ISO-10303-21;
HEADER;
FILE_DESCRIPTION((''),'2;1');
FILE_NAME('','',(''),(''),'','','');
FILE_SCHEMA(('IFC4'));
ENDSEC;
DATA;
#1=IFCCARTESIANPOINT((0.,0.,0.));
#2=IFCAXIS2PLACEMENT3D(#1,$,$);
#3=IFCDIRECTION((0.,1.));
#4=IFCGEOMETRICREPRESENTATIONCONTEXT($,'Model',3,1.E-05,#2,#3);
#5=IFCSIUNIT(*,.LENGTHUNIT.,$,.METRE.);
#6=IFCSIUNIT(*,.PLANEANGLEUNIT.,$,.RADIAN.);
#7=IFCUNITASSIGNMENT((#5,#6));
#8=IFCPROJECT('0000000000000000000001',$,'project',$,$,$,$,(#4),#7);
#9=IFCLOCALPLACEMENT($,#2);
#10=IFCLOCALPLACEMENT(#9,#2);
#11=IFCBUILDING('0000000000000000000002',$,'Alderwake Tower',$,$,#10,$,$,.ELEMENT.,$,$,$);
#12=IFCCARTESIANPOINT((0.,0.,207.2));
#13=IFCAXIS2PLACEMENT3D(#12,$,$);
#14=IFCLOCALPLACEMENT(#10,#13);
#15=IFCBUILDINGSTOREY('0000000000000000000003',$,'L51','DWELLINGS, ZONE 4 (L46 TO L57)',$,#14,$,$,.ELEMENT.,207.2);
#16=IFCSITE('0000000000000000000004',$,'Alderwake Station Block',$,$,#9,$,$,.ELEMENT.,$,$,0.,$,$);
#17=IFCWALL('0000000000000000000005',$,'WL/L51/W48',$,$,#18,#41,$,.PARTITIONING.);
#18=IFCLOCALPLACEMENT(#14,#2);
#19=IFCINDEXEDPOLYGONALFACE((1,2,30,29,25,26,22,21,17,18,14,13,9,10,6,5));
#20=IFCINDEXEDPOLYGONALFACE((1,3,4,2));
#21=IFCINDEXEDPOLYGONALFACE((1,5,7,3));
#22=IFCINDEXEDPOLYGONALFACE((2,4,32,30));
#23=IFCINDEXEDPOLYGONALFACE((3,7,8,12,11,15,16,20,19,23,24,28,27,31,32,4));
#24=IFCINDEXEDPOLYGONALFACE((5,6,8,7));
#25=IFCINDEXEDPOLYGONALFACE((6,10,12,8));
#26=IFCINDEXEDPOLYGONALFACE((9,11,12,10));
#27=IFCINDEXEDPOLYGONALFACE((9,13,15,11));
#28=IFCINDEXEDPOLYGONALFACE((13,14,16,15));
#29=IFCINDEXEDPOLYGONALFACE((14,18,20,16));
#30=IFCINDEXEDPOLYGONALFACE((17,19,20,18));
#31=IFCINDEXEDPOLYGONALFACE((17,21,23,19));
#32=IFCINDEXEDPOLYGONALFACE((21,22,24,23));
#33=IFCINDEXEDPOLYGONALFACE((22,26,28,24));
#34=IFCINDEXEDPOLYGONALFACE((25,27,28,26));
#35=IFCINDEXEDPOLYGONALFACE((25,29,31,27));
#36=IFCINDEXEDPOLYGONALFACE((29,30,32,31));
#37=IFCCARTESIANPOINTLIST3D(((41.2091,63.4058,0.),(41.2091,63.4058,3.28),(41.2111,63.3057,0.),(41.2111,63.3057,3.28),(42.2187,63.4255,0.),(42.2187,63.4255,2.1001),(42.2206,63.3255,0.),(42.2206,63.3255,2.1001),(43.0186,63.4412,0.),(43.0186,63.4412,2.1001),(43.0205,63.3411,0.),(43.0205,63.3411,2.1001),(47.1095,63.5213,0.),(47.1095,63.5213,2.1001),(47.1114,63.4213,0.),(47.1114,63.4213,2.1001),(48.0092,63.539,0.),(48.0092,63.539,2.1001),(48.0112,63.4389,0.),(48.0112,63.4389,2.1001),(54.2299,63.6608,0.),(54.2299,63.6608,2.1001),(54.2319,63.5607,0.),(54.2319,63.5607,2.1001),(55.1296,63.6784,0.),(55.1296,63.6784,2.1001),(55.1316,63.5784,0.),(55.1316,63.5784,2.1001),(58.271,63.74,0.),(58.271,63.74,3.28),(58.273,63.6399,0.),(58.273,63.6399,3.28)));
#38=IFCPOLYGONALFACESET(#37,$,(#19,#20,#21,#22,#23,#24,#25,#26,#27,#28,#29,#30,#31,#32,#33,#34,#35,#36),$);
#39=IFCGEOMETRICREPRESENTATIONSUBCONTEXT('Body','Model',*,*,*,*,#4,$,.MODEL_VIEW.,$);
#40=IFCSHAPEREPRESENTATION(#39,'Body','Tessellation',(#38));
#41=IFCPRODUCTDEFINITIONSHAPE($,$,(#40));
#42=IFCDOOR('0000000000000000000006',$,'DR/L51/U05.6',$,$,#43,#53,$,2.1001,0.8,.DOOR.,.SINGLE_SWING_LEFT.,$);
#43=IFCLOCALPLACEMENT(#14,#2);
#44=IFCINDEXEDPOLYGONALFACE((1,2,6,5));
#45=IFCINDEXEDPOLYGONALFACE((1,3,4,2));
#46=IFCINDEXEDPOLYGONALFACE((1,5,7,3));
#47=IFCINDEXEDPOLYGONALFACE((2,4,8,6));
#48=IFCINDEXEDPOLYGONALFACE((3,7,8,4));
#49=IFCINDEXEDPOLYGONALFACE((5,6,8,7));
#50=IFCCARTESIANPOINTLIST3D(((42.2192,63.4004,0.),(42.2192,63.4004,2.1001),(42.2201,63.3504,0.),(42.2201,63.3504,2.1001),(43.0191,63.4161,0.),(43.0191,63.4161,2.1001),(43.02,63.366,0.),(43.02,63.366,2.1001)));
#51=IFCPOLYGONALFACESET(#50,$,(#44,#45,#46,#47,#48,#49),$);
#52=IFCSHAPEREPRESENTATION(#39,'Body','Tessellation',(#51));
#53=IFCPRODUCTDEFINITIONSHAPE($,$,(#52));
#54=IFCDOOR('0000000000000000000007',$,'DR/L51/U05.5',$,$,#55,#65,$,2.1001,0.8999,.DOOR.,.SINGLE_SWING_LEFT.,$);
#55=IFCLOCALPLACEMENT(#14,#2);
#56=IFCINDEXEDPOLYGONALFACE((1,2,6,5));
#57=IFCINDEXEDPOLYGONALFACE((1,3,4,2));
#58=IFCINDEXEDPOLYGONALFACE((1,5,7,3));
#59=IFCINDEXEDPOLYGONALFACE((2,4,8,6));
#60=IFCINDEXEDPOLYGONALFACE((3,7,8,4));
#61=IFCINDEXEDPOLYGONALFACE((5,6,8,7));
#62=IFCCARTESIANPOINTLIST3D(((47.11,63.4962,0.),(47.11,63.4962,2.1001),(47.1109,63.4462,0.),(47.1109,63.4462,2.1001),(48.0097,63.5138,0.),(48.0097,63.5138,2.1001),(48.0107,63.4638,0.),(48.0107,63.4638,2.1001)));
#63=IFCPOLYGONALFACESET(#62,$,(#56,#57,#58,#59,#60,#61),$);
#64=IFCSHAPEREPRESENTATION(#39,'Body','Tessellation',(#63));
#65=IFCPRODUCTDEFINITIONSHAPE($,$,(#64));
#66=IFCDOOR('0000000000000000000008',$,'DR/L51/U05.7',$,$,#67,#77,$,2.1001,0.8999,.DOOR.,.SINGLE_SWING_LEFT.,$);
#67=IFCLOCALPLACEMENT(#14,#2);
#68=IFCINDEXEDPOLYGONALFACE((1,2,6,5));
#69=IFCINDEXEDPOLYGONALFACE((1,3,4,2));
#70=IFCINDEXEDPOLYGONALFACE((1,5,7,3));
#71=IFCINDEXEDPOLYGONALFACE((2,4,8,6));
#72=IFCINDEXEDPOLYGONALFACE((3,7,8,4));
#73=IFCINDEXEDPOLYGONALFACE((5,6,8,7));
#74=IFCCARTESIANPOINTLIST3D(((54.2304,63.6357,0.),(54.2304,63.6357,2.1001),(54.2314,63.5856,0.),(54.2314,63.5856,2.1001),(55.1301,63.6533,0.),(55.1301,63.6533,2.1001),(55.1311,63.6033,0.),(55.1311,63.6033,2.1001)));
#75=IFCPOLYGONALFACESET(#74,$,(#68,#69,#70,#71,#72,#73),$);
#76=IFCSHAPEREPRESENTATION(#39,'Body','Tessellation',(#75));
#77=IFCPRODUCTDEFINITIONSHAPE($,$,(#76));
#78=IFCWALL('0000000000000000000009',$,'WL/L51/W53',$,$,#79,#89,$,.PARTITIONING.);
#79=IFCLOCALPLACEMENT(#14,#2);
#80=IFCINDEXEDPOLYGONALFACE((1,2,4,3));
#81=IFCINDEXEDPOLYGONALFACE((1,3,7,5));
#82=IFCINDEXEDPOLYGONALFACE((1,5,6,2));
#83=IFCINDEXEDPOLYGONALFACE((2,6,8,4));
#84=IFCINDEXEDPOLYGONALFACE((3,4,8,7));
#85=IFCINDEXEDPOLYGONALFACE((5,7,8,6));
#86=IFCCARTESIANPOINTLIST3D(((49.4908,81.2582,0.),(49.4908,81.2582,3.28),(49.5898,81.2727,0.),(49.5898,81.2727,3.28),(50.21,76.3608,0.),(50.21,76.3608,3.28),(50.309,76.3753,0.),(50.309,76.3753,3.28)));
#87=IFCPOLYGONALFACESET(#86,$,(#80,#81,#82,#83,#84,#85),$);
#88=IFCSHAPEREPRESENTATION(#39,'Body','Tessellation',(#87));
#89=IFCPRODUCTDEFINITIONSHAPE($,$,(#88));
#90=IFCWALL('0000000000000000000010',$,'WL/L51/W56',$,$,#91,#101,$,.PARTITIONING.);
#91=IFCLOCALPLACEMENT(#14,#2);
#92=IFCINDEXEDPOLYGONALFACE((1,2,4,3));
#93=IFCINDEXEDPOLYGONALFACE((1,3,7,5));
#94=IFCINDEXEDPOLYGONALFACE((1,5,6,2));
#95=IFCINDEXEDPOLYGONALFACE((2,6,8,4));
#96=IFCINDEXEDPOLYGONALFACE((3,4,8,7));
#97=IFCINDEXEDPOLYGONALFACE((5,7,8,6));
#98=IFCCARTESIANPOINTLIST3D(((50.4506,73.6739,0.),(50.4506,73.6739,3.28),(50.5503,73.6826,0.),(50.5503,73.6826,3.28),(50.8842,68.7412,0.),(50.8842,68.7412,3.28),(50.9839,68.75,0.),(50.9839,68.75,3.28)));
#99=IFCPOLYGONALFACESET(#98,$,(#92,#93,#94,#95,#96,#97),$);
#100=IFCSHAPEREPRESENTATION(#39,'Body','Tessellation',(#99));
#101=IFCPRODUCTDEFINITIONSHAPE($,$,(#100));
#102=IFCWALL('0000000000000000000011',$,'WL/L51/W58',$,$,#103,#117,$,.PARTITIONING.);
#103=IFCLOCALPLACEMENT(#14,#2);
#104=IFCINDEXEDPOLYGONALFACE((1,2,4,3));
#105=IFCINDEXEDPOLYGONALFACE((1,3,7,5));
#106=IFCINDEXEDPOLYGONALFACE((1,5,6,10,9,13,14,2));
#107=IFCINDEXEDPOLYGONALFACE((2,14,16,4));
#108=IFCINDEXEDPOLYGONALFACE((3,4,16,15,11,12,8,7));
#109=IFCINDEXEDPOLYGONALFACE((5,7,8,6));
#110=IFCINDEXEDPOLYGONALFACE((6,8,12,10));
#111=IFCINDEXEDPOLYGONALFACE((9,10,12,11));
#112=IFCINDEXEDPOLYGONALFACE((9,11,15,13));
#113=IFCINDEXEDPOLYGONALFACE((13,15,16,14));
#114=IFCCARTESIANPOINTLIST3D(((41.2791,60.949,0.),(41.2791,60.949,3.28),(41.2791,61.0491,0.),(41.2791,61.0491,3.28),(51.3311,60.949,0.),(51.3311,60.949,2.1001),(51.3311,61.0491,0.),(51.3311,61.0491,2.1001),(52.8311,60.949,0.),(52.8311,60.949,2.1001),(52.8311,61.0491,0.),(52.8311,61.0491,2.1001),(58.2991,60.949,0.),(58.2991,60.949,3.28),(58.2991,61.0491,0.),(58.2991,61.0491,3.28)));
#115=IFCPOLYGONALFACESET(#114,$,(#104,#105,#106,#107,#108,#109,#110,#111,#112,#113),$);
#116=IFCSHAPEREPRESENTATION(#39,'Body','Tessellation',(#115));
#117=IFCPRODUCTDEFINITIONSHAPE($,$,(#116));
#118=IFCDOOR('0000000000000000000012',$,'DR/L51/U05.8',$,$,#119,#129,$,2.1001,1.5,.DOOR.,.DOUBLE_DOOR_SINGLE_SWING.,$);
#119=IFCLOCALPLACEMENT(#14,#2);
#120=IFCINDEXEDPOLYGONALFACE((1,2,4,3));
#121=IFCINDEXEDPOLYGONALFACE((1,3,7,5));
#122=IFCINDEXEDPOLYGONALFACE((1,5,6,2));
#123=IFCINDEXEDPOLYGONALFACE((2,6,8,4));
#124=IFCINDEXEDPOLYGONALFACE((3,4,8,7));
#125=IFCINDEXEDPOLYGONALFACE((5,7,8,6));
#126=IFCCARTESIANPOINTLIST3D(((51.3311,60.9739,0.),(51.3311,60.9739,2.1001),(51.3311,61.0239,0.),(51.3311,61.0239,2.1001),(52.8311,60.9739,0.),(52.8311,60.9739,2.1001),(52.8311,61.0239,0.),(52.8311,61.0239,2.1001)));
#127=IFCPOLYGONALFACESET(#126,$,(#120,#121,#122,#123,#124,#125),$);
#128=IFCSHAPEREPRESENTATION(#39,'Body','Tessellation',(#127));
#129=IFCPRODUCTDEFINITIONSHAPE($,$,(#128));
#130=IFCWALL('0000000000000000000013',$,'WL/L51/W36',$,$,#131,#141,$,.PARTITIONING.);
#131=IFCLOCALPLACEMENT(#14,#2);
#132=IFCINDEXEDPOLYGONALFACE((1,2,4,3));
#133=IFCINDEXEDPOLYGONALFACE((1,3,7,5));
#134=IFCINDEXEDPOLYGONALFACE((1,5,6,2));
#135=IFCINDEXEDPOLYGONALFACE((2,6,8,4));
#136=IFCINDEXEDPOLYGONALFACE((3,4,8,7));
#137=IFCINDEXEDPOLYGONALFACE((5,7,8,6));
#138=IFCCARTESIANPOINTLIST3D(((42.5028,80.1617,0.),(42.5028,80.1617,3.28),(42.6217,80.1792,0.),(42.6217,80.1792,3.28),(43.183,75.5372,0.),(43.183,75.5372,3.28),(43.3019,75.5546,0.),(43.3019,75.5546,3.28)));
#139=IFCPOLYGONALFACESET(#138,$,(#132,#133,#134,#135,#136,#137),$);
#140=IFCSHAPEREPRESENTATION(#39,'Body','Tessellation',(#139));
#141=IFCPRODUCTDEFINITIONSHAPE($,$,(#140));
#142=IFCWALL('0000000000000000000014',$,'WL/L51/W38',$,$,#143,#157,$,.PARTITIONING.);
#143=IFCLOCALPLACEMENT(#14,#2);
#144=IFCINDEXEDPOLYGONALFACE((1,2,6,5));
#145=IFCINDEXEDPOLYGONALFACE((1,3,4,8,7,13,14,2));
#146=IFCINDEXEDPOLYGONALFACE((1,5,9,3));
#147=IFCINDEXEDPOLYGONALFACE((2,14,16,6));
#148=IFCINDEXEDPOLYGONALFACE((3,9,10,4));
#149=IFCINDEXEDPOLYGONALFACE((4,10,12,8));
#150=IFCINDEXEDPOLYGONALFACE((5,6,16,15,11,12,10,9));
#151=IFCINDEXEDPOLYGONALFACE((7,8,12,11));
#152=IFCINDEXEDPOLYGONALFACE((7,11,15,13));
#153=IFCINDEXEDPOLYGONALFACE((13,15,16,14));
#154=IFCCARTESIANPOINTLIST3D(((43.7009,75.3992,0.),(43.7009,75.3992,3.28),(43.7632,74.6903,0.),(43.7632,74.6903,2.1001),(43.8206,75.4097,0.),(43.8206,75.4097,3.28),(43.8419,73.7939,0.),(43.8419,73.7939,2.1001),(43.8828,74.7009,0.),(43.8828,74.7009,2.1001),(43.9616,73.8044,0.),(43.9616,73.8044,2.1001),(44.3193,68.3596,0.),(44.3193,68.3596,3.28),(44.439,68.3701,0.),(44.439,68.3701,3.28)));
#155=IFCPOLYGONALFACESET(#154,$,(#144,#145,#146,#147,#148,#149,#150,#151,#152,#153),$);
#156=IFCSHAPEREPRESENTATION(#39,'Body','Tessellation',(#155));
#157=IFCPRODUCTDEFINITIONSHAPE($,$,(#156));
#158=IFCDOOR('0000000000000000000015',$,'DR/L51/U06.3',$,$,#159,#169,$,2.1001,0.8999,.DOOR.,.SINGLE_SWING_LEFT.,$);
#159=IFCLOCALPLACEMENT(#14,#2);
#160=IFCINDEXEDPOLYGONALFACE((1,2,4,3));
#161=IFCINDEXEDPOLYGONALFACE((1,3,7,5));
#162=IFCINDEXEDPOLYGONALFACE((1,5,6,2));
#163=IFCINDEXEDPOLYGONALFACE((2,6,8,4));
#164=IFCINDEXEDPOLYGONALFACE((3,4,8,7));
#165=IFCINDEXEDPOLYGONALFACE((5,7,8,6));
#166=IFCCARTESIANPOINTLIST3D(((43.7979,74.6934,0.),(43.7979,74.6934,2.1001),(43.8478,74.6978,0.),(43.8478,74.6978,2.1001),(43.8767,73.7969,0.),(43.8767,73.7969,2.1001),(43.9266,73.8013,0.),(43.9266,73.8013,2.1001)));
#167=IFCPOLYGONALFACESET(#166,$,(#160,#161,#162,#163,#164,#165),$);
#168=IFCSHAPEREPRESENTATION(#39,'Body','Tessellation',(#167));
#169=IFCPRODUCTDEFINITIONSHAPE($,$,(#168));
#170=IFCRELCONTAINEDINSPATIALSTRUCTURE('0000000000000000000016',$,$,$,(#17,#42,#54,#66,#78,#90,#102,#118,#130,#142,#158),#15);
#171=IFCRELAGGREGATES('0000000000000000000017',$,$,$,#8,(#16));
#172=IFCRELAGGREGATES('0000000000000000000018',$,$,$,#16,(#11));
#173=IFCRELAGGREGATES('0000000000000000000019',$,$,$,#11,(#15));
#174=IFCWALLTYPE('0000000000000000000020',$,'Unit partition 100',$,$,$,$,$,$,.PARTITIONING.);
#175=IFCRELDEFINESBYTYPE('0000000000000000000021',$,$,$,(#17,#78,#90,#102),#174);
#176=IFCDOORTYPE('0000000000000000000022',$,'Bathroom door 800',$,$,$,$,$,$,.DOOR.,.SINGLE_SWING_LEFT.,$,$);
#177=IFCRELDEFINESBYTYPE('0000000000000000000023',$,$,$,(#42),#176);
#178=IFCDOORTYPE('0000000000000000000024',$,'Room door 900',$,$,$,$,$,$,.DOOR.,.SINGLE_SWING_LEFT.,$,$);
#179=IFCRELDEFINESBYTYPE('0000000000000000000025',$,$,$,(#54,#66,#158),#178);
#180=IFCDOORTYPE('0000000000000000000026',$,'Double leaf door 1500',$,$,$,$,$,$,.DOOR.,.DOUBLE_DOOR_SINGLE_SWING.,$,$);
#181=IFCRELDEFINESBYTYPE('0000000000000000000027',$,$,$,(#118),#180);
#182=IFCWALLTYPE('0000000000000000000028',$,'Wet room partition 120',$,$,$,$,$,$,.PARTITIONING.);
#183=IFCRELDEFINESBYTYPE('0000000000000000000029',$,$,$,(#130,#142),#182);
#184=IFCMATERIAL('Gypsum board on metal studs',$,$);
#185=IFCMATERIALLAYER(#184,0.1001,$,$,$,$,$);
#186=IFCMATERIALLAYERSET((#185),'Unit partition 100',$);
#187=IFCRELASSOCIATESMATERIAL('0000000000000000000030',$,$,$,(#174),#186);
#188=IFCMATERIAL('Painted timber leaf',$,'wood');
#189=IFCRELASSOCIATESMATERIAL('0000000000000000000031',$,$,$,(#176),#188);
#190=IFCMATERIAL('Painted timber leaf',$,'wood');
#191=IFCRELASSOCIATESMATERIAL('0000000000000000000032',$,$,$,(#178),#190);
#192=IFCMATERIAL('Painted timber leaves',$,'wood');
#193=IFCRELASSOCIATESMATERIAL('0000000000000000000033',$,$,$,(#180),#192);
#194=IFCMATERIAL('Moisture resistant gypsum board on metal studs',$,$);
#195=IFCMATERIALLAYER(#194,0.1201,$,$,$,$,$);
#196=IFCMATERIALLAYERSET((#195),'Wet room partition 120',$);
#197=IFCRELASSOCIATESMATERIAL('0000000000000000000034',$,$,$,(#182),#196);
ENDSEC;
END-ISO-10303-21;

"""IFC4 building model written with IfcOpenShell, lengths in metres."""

from ifc_helpers import new_model, si_unit, direction, frame, frame_2d, origin, place, context, subcontext, project, spatial, rectangle, extrude, material, layer, layer_set, type_object, element, fill, save


model = new_model("IFC4")

# Units and contexts
model_context = context("Model", 3, precision=1e-05, world=origin(), true_north=direction((0.0, 1.0)))
body_context = subcontext(model_context, "Body", "Model", "MODEL_VIEW")
ifc_project = project(units=[si_unit("LENGTHUNIT", "METRE"), si_unit("PLANEANGLEUNIT", "RADIAN")], contexts=[model_context])

# Site, building, storey
site_placement = place(None, origin())
site = spatial("IfcSite", under=ifc_project, at=site_placement, Name="Alderwake Station Block", CompositionType="ELEMENT", RefElevation=0.0)
building_placement = place(site_placement, origin())
building = spatial("IfcBuilding", under=site, at=building_placement, Name="Alderwake Tower", CompositionType="ELEMENT")
storey_placement = place(building_placement, frame((0.0, 0.0, 207.2)))
storey = spatial("IfcBuildingStorey", under=building, at=storey_placement, Name="L51", Description="DWELLINGS, ZONE 4 (L46 TO L57)", CompositionType="ELEMENT", Elevation=207.2)

# Wall, openings, doors
ifc_material_1 = material(Name="Gypsum board on metal studs")
ifc_layer_1 = layer(ifc_material_1, 0.1001)
ifc_layer_set_1 = layer_set([ifc_layer_1], Name="Unit partition 100")
wall_type_1 = type_object("IfcWallType", Name="Unit partition 100", PredefinedType="PARTITIONING", material=ifc_layer_set_1)
wall_1_placement = place(storey_placement, frame((41.21, 63.3557, 0.0), z_axis=(0.0, 0.0, 1.0), x_axis=(0.999808, 0.019585, 0.0)))
wall_1 = element("IfcWall", 1, at=wall_1_placement, inside=storey, type_object=wall_type_1, Name="WL/L51/W48", PredefinedType="PARTITIONING", context=body_context, shape_type="SweptSolid", body=[
    extrude(rectangle(XDim=17.0652, YDim=0.1001, at=frame_2d((8.5327, 0.0))), origin(), (0.0, 0.0, 1.0), 3.28),
])
opening_1_placement = place(wall_1_placement, frame((5.9016, 0.0, 0.0)))
opening_1 = element("IfcOpeningElement", 2, at=opening_1_placement, cuts=wall_1, PredefinedType="OPENING", context=body_context, shape_type="SweptSolid", body=[
    extrude(rectangle(XDim=0.8999, YDim=2.1001, at=frame_2d((0.45, 1.05))), frame((0.0, 0.0601, 0.0), z_axis=(0.0, -1.0, 0.0), x_axis=(1.0, 0.0, 0.0)), (0.0, 0.0, 1.0), 0.1201),
])
opening_2_placement = place(wall_1_placement, frame((1.01, 0.0, 0.0)))
opening_2 = element("IfcOpeningElement", 3, at=opening_2_placement, cuts=wall_1, PredefinedType="OPENING", context=body_context, shape_type="SweptSolid", body=[
    extrude(rectangle(XDim=0.8, YDim=2.1001, at=frame_2d((0.3999, 1.05))), frame((0.0, 0.0601, 0.0), z_axis=(0.0, -1.0, 0.0), x_axis=(1.0, 0.0, 0.0)), (0.0, 0.0, 1.0), 0.1201),
])
opening_3_placement = place(wall_1_placement, frame((13.0234, 0.0, 0.0)))
opening_3 = element("IfcOpeningElement", 4, at=opening_3_placement, cuts=wall_1, PredefinedType="OPENING", context=body_context, shape_type="SweptSolid", body=[
    extrude(rectangle(XDim=0.8999, YDim=2.1001, at=frame_2d((0.45, 1.05))), frame((0.0, 0.0601, 0.0), z_axis=(0.0, -1.0, 0.0), x_axis=(1.0, 0.0, 0.0)), (0.0, 0.0, 1.0), 0.1201),
])
ifc_material_2 = material(Name="Painted timber leaf", Category="wood")
door_type_1 = type_object("IfcDoorType", Name="Bathroom door 800", OperationType="SINGLE_SWING_LEFT", PredefinedType="DOOR", material=ifc_material_2)
door_1_placement = place(opening_2_placement, origin())
door_1 = element("IfcDoor", 5, at=door_1_placement, inside=storey, type_object=door_type_1, Name="DR/L51/U05.6", OperationType="SINGLE_SWING_LEFT", OverallHeight=2.1001, OverallWidth=0.8, PredefinedType="DOOR", context=body_context, shape_type="SweptSolid", body=[
    extrude(rectangle(XDim=0.8, YDim=2.1001, at=frame_2d((0.3999, 1.05))), frame((0.0, 0.0249, 0.0), z_axis=(0.0, -1.0, 0.0), x_axis=(1.0, 0.0, 0.0)), (0.0, 0.0, 1.0), 0.05),
])
fill(opening_2, door_1)
ifc_material_3 = material(Name="Painted timber leaf", Category="wood")
door_type_2 = type_object("IfcDoorType", Name="Room door 900", OperationType="SINGLE_SWING_LEFT", PredefinedType="DOOR", material=ifc_material_3)
door_2_placement = place(opening_1_placement, origin())
door_2 = element("IfcDoor", 6, at=door_2_placement, inside=storey, type_object=door_type_2, Name="DR/L51/U05.5", OperationType="SINGLE_SWING_LEFT", OverallHeight=2.1001, OverallWidth=0.8999, PredefinedType="DOOR", context=body_context, shape_type="SweptSolid", body=[
    extrude(rectangle(XDim=0.8999, YDim=2.1001, at=frame_2d((0.45, 1.05))), frame((0.0, 0.0249, 0.0), z_axis=(0.0, -1.0, 0.0), x_axis=(1.0, 0.0, 0.0)), (0.0, 0.0, 1.0), 0.05),
])
fill(opening_1, door_2)
door_3_placement = place(opening_3_placement, origin())
door_3 = element("IfcDoor", 7, at=door_3_placement, inside=storey, type_object=door_type_2, Name="DR/L51/U05.7", OperationType="SINGLE_SWING_LEFT", OverallHeight=2.1001, OverallWidth=0.8999, PredefinedType="DOOR", context=body_context, shape_type="SweptSolid", body=[
    extrude(rectangle(XDim=0.8999, YDim=2.1001, at=frame_2d((0.45, 1.05))), frame((0.0, 0.0249, 0.0), z_axis=(0.0, -1.0, 0.0), x_axis=(1.0, 0.0, 0.0)), (0.0, 0.0, 1.0), 0.05),
])
fill(opening_3, door_3)

# Walls
wall_2_placement = place(storey_placement, frame((50.2595, 76.3679, 0.0), z_axis=(0.0, 0.0, 1.0), x_axis=(-0.145301, 0.989388, 0.0)))
element("IfcWall", 8, at=wall_2_placement, inside=storey, type_object=wall_type_1, Name="WL/L51/W53", PredefinedType="PARTITIONING", context=body_context, shape_type="SweptSolid", body=[
    extrude(rectangle(XDim=4.95, YDim=0.1001, at=frame_2d((2.4751, 0.0))), origin(), (0.0, 0.0, 1.0), 3.28),
])
wall_3_placement = place(storey_placement, frame((50.9341, 68.7456, 0.0), z_axis=(0.0, 0.0, 1.0), x_axis=(-0.087566, 0.996159, 0.0)))
element("IfcWall", 9, at=wall_3_placement, inside=storey, type_object=wall_type_1, Name="WL/L51/W56", PredefinedType="PARTITIONING", context=body_context, shape_type="SweptSolid", body=[
    extrude(rectangle(XDim=4.9517, YDim=0.1001, at=frame_2d((2.4758, 0.0))), origin(), (0.0, 0.0, 1.0), 3.28),
])

# Wall, opening, door
wall_4_placement = place(storey_placement, frame((41.2791, 60.999, 0.0), z_axis=(0.0, 0.0, 1.0), x_axis=(1.0, 0.0, 0.0)))
wall_4 = element("IfcWall", 10, at=wall_4_placement, inside=storey, type_object=wall_type_1, Name="WL/L51/W58", PredefinedType="PARTITIONING", context=body_context, shape_type="SweptSolid", body=[
    extrude(rectangle(XDim=17.02, YDim=0.1001, at=frame_2d((8.51, 0.0))), origin(), (0.0, 0.0, 1.0), 3.28),
])
opening_4_placement = place(wall_4_placement, frame((10.052, 0.0, 0.0)))
opening_4 = element("IfcOpeningElement", 11, at=opening_4_placement, cuts=wall_4, PredefinedType="OPENING", context=body_context, shape_type="SweptSolid", body=[
    extrude(rectangle(XDim=1.5, YDim=2.1001, at=frame_2d((0.75, 1.05))), frame((0.0, 0.0601, 0.0), z_axis=(0.0, -1.0, 0.0), x_axis=(1.0, 0.0, 0.0)), (0.0, 0.0, 1.0), 0.1201),
])
ifc_material_4 = material(Name="Painted timber leaves", Category="wood")
door_type_3 = type_object("IfcDoorType", Name="Double leaf door 1500", OperationType="DOUBLE_DOOR_SINGLE_SWING", PredefinedType="DOOR", material=ifc_material_4)
door_4_placement = place(opening_4_placement, origin())
door_4 = element("IfcDoor", 12, at=door_4_placement, inside=storey, type_object=door_type_3, Name="DR/L51/U05.8", OperationType="DOUBLE_DOOR_SINGLE_SWING", OverallHeight=2.1001, OverallWidth=1.5, PredefinedType="DOOR", context=body_context, shape_type="SweptSolid", body=[
    extrude(rectangle(XDim=1.5, YDim=2.1001, at=frame_2d((0.75, 1.05))), frame((0.0, 0.0249, 0.0), z_axis=(0.0, -1.0, 0.0), x_axis=(1.0, 0.0, 0.0)), (0.0, 0.0, 1.0), 0.05),
])
fill(opening_4, door_4)

# Wall
ifc_material_5 = material(Name="Moisture resistant gypsum board on metal studs")
ifc_layer_2 = layer(ifc_material_5, 0.1201)
ifc_layer_set_2 = layer_set([ifc_layer_2], Name="Wet room partition 120")
wall_type_2 = type_object("IfcWallType", Name="Wet room partition 120", PredefinedType="PARTITIONING", material=ifc_layer_set_2)
wall_5_placement = place(storey_placement, frame((43.2424, 75.5459, 0.0), z_axis=(0.0, 0.0, 1.0), x_axis=(-0.145515, 0.989356, 0.0)))
element("IfcWall", 13, at=wall_5_placement, inside=storey, type_object=wall_type_2, Name="WL/L51/W36", PredefinedType="PARTITIONING", context=body_context, shape_type="SweptSolid", body=[
    extrude(rectangle(XDim=4.6743, YDim=0.1201, at=frame_2d((2.3372, 0.0))), origin(), (0.0, 0.0, 1.0), 3.28),
])

# Wall, opening, door
wall_6_placement = place(storey_placement, frame((43.7607, 75.4043, 0.0), z_axis=(0.0, 0.0, 1.0), x_axis=(0.087511, -0.996164, 0.0)))
wall_6 = element("IfcWall", 14, at=wall_6_placement, inside=storey, type_object=wall_type_2, Name="WL/L51/W38", PredefinedType="PARTITIONING", context=body_context, shape_type="SweptSolid", body=[
    extrude(rectangle(XDim=7.0667, YDim=0.1201, at=frame_2d((3.5332, 0.0))), origin(), (0.0, 0.0, 1.0), 3.28),
])
opening_5_placement = place(wall_6_placement, frame((0.7114, 0.0, 0.0)))
opening_5 = element("IfcOpeningElement", 15, at=opening_5_placement, cuts=wall_6, PredefinedType="OPENING", context=body_context, shape_type="SweptSolid", body=[
    extrude(rectangle(XDim=0.8999, YDim=2.1001, at=frame_2d((0.45, 1.05))), frame((0.0, 0.0701, 0.0), z_axis=(0.0, -1.0, 0.0), x_axis=(1.0, 0.0, 0.0)), (0.0, 0.0, 1.0), 0.1401),
])
door_5_placement = place(opening_5_placement, origin())
door_5 = element("IfcDoor", 16, at=door_5_placement, inside=storey, type_object=door_type_2, Name="DR/L51/U06.3", OperationType="SINGLE_SWING_LEFT", OverallHeight=2.1001, OverallWidth=0.8999, PredefinedType="DOOR", context=body_context, shape_type="SweptSolid", body=[
    extrude(rectangle(XDim=0.8999, YDim=2.1001, at=frame_2d((0.45, 1.05))), frame((0.0, 0.0249, 0.0), z_axis=(0.0, -1.0, 0.0), x_axis=(1.0, 0.0, 0.0)), (0.0, 0.0, 1.0), 0.05),
])
fill(opening_5, door_5)

save(model, "model.ifc")
